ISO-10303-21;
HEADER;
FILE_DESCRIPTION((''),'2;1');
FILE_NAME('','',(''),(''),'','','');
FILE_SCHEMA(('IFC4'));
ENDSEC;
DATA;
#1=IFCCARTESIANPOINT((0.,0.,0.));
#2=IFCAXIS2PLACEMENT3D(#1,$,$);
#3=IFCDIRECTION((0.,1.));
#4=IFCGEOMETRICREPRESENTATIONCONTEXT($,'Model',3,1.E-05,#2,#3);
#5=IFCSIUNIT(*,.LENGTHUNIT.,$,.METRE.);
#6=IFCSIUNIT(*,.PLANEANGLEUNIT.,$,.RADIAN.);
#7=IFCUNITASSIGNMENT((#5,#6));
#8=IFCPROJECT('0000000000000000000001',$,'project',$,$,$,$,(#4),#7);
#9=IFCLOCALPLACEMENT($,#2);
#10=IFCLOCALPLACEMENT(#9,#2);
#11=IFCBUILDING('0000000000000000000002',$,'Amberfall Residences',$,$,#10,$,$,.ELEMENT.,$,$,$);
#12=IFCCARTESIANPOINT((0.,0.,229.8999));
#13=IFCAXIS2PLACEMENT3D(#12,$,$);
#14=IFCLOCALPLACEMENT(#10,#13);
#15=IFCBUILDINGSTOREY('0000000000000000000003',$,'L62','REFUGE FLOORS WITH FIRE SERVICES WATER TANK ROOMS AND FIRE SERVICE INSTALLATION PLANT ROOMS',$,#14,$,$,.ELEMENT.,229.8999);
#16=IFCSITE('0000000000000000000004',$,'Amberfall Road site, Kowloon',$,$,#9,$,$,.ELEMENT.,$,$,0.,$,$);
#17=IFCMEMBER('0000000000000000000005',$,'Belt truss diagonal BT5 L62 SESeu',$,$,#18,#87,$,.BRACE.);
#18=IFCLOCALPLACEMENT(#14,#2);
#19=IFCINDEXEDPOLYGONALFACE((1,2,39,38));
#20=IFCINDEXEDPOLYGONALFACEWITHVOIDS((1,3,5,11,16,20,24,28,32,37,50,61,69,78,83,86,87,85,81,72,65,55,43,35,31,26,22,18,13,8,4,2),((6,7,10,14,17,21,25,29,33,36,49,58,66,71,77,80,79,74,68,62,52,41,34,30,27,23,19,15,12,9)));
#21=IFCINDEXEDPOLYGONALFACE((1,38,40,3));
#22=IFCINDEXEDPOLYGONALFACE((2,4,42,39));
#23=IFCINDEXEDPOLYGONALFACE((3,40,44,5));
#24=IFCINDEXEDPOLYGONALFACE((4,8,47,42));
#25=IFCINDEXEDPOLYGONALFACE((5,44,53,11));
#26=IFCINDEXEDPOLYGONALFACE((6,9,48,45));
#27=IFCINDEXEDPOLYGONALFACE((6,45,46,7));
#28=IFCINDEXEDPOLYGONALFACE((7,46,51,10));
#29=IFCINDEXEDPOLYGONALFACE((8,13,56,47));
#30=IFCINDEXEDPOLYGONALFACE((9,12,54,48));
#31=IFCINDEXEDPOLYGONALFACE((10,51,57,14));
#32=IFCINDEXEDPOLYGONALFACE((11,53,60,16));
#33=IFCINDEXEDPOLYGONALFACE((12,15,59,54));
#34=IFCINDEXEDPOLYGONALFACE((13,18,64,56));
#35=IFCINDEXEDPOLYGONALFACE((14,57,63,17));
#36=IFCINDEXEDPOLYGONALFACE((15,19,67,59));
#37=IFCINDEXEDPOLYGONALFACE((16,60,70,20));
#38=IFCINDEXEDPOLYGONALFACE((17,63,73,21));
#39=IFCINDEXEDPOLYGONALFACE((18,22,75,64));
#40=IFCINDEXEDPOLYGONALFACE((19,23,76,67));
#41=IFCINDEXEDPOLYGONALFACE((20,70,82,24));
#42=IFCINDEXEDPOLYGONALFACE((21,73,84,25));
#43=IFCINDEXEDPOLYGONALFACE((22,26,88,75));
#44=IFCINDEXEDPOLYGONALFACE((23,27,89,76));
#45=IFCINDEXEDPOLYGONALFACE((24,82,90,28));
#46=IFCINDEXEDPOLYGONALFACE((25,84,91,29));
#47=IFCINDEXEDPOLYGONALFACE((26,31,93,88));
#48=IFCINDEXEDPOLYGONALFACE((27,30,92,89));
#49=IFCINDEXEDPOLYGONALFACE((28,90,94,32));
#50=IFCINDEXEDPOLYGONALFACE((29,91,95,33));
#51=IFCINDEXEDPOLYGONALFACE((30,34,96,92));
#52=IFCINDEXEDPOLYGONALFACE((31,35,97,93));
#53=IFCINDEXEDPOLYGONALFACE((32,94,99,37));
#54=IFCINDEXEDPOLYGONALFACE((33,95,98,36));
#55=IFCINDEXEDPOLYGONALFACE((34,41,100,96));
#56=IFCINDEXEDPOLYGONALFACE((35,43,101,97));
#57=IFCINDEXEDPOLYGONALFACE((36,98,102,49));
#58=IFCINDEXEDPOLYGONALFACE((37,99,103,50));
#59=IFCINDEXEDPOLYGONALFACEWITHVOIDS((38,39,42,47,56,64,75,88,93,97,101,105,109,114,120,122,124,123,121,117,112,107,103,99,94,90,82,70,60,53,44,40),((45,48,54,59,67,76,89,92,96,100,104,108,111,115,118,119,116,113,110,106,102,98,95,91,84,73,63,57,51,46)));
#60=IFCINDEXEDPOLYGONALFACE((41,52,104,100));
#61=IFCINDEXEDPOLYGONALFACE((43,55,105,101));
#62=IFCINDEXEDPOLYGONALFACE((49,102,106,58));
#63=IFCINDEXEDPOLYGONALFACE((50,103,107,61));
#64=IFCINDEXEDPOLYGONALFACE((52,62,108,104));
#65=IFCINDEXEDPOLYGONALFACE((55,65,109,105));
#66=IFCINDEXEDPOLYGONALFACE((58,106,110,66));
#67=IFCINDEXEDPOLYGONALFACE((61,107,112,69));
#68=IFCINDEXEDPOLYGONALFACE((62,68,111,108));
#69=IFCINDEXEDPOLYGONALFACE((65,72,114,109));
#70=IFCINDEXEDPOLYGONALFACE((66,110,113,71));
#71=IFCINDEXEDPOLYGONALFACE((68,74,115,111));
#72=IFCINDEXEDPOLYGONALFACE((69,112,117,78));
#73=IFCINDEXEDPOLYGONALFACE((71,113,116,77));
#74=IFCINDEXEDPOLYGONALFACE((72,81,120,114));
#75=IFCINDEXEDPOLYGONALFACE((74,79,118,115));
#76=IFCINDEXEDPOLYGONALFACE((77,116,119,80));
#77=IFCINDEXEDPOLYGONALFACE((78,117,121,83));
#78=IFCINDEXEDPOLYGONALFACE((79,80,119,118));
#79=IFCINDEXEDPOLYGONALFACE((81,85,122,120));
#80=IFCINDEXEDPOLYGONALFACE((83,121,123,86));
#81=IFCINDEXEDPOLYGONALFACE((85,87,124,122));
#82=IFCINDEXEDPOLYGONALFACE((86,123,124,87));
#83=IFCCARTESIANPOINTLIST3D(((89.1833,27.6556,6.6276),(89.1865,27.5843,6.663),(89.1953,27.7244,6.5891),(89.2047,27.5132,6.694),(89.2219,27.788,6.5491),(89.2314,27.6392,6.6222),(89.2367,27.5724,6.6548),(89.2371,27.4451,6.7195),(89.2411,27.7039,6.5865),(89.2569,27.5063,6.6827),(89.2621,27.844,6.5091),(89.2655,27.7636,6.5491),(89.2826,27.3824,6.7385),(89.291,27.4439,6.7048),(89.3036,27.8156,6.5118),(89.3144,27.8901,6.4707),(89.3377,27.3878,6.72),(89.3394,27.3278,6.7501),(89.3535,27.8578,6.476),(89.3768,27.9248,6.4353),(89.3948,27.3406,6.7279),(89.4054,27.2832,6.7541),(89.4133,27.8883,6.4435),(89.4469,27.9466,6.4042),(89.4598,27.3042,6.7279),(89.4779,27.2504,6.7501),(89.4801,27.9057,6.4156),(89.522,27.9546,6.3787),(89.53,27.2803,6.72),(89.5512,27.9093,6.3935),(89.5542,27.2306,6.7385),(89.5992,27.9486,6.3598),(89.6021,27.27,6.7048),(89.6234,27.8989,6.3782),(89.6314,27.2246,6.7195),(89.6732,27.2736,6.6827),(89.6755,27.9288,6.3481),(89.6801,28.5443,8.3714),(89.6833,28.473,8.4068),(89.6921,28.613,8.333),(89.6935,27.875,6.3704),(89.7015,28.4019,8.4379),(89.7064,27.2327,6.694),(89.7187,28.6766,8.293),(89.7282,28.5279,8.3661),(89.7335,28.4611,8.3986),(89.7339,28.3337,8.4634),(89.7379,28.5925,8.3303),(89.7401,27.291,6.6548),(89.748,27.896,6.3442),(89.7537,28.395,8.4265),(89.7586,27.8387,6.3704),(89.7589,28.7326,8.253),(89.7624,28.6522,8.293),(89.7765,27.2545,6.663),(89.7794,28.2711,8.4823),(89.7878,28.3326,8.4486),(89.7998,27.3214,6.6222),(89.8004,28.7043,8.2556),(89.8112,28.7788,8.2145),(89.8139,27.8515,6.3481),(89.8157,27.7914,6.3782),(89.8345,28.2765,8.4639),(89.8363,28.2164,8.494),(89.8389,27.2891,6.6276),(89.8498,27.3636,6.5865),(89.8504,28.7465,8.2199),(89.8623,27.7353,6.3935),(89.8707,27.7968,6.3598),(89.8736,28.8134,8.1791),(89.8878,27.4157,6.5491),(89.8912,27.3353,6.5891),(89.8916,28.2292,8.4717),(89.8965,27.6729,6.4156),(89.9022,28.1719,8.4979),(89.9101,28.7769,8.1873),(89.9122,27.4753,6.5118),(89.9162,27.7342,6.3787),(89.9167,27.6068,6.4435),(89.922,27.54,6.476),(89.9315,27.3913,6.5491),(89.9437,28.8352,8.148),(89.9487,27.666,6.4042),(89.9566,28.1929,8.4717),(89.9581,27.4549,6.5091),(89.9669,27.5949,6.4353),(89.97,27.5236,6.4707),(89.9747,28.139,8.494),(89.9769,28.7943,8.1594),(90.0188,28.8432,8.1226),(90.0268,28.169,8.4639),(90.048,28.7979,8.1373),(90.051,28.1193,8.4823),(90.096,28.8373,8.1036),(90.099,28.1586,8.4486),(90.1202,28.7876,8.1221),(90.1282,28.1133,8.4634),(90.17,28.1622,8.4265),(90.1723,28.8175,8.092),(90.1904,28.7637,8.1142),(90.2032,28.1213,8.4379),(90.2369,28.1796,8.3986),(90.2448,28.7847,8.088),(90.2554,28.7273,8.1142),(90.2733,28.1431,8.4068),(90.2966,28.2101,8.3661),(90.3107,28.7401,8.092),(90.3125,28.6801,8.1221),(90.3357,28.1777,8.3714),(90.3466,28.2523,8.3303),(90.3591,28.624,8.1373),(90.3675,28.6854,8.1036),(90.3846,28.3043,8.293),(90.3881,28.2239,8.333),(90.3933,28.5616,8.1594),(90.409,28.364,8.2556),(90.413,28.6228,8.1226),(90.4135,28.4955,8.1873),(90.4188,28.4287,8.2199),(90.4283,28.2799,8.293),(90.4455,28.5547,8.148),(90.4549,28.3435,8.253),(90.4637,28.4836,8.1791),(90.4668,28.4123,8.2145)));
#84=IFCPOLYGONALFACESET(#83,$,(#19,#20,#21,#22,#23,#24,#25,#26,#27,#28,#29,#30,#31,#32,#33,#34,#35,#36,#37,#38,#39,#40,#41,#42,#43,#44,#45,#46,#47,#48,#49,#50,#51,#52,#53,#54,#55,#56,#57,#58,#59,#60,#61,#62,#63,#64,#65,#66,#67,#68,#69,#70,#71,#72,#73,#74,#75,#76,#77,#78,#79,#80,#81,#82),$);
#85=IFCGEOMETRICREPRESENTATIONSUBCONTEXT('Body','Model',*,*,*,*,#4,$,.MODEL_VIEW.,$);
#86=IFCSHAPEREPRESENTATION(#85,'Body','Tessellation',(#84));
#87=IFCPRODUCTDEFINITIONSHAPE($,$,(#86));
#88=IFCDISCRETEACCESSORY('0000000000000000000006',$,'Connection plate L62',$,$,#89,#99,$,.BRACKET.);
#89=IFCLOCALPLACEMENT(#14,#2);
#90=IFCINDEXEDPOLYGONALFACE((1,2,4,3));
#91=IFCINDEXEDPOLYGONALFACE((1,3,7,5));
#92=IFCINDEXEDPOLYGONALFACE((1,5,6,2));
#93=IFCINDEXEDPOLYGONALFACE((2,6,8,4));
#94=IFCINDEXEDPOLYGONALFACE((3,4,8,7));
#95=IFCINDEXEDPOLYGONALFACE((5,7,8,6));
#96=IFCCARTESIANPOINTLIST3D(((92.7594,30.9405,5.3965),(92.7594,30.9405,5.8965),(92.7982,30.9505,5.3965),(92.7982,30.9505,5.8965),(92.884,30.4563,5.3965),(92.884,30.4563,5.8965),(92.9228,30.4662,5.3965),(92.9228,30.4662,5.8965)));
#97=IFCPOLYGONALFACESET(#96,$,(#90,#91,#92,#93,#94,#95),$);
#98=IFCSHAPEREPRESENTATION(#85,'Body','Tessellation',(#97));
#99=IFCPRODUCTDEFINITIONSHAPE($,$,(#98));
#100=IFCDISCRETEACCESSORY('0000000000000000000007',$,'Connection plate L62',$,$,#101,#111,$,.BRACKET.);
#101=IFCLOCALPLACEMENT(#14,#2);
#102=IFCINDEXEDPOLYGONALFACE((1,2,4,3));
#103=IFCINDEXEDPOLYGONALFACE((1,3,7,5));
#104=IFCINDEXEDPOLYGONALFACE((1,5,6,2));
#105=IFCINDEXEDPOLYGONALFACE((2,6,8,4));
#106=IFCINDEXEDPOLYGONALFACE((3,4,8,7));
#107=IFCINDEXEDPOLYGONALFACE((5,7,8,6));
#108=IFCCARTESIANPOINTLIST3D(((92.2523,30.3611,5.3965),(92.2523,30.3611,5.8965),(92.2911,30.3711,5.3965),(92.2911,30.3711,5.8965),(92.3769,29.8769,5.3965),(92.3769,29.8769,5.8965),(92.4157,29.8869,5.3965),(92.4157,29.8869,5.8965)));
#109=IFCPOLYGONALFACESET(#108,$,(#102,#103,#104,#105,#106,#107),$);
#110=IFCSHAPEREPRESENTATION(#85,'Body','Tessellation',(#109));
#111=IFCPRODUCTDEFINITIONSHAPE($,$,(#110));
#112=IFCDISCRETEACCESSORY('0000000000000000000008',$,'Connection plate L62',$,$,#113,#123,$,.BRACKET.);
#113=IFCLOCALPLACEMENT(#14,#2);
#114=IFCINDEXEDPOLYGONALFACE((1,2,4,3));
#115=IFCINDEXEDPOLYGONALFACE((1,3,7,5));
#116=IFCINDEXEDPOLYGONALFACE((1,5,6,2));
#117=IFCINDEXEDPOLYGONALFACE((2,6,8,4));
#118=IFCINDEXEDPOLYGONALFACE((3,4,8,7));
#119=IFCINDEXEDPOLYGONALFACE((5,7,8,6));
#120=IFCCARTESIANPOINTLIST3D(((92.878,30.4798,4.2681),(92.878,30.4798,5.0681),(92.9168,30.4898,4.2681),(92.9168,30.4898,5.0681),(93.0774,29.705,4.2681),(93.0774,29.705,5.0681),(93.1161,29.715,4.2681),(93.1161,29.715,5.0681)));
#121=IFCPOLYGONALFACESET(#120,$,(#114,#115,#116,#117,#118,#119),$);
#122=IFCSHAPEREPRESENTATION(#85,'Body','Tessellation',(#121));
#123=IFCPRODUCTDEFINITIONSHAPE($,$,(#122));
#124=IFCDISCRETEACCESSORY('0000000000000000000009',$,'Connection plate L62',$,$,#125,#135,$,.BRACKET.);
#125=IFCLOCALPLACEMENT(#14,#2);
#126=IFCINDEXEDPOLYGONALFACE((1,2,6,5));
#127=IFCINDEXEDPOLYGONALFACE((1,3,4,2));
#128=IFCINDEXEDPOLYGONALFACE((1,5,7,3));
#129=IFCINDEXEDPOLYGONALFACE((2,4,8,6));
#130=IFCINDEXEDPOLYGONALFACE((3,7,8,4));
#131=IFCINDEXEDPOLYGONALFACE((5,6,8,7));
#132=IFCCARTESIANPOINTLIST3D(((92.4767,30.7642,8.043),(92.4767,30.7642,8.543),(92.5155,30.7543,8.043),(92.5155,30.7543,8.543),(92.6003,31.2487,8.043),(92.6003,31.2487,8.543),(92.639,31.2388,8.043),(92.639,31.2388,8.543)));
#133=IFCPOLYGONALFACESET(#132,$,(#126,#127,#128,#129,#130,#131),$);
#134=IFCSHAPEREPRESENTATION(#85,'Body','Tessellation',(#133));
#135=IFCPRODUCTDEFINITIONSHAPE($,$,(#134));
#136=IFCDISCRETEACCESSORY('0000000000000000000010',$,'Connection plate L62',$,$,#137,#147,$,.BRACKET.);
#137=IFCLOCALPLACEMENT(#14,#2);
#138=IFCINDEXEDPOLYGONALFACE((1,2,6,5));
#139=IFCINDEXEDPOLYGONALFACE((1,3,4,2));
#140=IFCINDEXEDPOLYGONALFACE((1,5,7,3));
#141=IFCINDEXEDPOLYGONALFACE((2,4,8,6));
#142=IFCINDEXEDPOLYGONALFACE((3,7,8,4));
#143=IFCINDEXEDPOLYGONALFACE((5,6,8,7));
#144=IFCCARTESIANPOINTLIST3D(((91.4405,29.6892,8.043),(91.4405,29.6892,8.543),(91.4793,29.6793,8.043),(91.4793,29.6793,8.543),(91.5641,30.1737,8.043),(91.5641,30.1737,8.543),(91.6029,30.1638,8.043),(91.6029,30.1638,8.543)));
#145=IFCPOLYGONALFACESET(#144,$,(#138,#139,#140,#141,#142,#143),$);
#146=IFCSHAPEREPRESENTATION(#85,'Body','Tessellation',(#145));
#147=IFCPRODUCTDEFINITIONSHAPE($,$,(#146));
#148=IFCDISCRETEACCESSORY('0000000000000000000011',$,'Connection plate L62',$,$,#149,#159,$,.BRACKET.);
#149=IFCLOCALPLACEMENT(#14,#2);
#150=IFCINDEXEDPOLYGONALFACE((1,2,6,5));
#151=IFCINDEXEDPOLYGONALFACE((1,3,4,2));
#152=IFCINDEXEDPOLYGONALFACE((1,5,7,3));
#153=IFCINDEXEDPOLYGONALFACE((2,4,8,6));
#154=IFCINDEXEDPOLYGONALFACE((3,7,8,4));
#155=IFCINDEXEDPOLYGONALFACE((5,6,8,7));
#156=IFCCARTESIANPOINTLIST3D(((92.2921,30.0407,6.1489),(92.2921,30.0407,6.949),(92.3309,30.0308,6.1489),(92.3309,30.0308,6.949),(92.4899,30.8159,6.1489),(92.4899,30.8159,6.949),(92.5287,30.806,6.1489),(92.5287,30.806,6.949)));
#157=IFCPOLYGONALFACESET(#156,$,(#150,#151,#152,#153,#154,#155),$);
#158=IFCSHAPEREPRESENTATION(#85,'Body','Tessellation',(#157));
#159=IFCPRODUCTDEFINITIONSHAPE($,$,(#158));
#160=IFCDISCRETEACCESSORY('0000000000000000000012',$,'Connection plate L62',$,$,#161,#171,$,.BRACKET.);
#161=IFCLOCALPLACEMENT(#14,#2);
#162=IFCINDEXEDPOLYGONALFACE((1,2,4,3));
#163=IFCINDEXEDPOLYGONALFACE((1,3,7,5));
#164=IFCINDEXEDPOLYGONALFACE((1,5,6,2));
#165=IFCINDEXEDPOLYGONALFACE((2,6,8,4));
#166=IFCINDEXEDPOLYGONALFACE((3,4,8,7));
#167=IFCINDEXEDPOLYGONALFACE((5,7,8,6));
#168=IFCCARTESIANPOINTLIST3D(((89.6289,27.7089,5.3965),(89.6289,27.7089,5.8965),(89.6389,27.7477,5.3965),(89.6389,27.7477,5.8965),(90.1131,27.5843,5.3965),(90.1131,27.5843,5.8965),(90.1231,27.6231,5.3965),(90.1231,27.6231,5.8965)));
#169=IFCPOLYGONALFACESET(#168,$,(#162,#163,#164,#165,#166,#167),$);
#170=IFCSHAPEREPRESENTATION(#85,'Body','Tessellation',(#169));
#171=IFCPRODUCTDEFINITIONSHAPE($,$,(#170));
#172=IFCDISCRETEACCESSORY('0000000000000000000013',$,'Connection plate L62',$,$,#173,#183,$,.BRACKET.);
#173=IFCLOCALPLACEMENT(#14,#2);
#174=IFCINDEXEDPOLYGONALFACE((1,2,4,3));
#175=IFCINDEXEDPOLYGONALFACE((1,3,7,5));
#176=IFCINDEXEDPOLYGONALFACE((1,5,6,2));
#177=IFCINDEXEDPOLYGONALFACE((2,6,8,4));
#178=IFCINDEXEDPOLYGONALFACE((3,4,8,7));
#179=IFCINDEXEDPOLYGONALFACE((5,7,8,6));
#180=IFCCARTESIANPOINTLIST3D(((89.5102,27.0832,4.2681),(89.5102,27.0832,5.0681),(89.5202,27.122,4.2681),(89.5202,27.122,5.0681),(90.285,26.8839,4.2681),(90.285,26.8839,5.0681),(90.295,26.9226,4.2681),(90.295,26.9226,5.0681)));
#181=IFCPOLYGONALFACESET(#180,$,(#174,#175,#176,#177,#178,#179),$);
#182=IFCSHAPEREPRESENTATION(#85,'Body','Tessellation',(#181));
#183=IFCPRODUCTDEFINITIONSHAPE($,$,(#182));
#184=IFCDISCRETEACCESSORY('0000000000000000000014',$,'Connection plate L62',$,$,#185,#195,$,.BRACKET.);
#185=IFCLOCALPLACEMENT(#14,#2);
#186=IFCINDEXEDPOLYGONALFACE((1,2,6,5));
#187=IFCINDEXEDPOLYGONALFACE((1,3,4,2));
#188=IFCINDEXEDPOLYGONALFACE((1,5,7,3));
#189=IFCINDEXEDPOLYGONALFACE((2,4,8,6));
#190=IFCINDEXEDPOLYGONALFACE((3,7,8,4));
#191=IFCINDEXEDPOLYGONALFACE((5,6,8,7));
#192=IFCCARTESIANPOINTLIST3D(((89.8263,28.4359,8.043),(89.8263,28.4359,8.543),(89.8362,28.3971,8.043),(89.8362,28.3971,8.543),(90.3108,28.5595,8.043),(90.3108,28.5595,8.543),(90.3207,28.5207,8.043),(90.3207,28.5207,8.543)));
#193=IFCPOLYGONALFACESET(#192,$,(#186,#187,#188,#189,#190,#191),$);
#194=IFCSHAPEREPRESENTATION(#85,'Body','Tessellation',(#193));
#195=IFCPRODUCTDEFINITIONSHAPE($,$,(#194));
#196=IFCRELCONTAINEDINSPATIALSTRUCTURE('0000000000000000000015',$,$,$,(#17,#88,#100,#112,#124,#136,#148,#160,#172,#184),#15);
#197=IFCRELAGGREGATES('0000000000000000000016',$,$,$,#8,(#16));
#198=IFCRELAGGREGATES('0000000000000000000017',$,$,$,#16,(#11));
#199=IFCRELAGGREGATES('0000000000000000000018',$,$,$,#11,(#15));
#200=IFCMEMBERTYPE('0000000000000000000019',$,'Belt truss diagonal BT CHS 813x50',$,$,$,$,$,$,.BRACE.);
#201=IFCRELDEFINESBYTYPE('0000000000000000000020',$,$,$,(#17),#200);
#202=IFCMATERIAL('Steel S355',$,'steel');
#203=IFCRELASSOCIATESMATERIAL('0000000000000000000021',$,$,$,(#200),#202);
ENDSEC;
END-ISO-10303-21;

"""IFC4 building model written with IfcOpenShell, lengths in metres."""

from ifc_helpers import new_model, si_unit, direction, frame, origin, origin_2d, place, context, subcontext, project, spatial, rectangle, hollow_circle, extrude, material, material_profile, profile_set, type_object, element, save


model = new_model("IFC4")

# Units and contexts
model_context = context("Model", 3, precision=1e-05, world=origin(), true_north=direction((0.0, 1.0)))
body_context = subcontext(model_context, "Body", "Model", "MODEL_VIEW")
ifc_project = project(units=[si_unit("LENGTHUNIT", "METRE"), si_unit("PLANEANGLEUNIT", "RADIAN")], contexts=[model_context])

# Site, building, storey
site_placement = place(None, origin())
site = spatial("IfcSite", under=ifc_project, at=site_placement, Name="Amberfall Road site, Kowloon", CompositionType="ELEMENT", RefElevation=0.0)
building_placement = place(site_placement, origin())
building = spatial("IfcBuilding", under=site, at=building_placement, Name="Amberfall Residences", CompositionType="ELEMENT")
storey_placement = place(building_placement, frame((0.0, 0.0, 229.8999)))
storey = spatial("IfcBuildingStorey", under=building, at=storey_placement, Name="L62", Description="REFUGE FLOORS WITH FIRE SERVICES WATER TANK ROOMS AND FIRE SERVICE INSTALLATION PLANT ROOMS", CompositionType="ELEMENT", Elevation=229.8999)

# Shared definitions
ifc_material = material(Name="Steel S355", Category="steel")

# Member
ifc_material_profile_1 = material_profile(ifc_material, hollow_circle(Radius=0.4065, WallThickness=0.05, at=origin_2d()), Name="CHS 813x50")
ifc_profile_set_1 = profile_set([ifc_material_profile_1], Name="Steel S355")
member_type_1 = type_object("IfcMemberType", Name="Belt truss diagonal BT CHS 813x50", PredefinedType="BRACE", material=ifc_profile_set_1)
member_1_placement = place(storey_placement, frame((90.0735, 28.4783, 8.293), z_axis=(-0.246033, -0.44008, -0.863596), x_axis=(0.872853, -0.487983, 0.0)))
element("IfcMember", 1, at=member_1_placement, inside=storey, type_object=member_type_1, Name="Belt truss diagonal BT5 L62 SESeu", PredefinedType="BRACE", context=body_context, shape_type="SweptSolid", body=[
    extrude(hollow_circle(Radius=0.4065, WallThickness=0.05, at=origin_2d()), origin(), (0.0, 0.0, 1.0), 2.0193),
])

# Discrete accessories
for number, where, z_axis, x_axis, name in (
    (2, (92.8411, 30.7034, 5.3965), (0.0, 0.0, 1.0), (-0.249197, 0.968453, 0.0), "Connection plate L62"),
    (3, (92.334, 30.124, 5.3965), (0.0, 0.0, 1.0), (-0.249197, 0.968453, 0.0), "Connection plate L62"),
):
    element("IfcDiscreteAccessory", number, at=place(storey_placement, frame(where, z_axis=z_axis, x_axis=x_axis)), inside=storey, Name=name, PredefinedType="BRACKET", context=body_context, shape_type="SweptSolid", body=[
        extrude(rectangle(XDim=0.5, YDim=0.04, at=origin_2d()), origin(), (0.0, 0.0, 1.0), 0.5),
    ])
discrete_accessory_1_placement = place(storey_placement, frame((92.9971, 30.0974, 4.2681), z_axis=(0.0, 0.0, 1.0), x_axis=(-0.249197, 0.968453, 0.0)))
element("IfcDiscreteAccessory", 4, at=discrete_accessory_1_placement, inside=storey, Name="Connection plate L62", PredefinedType="BRACKET", context=body_context, shape_type="SweptSolid", body=[
    extrude(rectangle(XDim=0.8, YDim=0.04, at=origin_2d()), origin(), (0.0, 0.0, 1.0), 0.8),
])
for number, where, z_axis, x_axis, name in (
    (5, (92.5579, 31.0015, 8.043), (0.0, 0.0, 1.0), (0.247151, 0.968977, 0.0), "Connection plate L62"),
    (6, (91.5217, 29.9265, 8.043), (0.0, 0.0, 1.0), (0.247151, 0.968977, 0.0), "Connection plate L62"),
):
    element("IfcDiscreteAccessory", number, at=place(storey_placement, frame(where, z_axis=z_axis, x_axis=x_axis)), inside=storey, Name=name, PredefinedType="BRACKET", context=body_context, shape_type="SweptSolid", body=[
        extrude(rectangle(XDim=0.5, YDim=0.04, at=origin_2d()), origin(), (0.0, 0.0, 1.0), 0.5),
    ])
discrete_accessory_2_placement = place(storey_placement, frame((92.4104, 30.4233, 6.1489), z_axis=(0.0, 0.0, 1.0), x_axis=(0.247151, 0.968977, 0.0)))
element("IfcDiscreteAccessory", 7, at=discrete_accessory_2_placement, inside=storey, Name="Connection plate L62", PredefinedType="BRACKET", context=body_context, shape_type="SweptSolid", body=[
    extrude(rectangle(XDim=0.8, YDim=0.04, at=origin_2d()), origin(), (0.0, 0.0, 1.0), 0.8),
])
discrete_accessory_3_placement = place(storey_placement, frame((89.876, 27.666, 5.3965), z_axis=(0.0, 0.0, 1.0), x_axis=(-0.968453, 0.249197, 0.0)))
element("IfcDiscreteAccessory", 8, at=discrete_accessory_3_placement, inside=storey, Name="Connection plate L62", PredefinedType="BRACKET", context=body_context, shape_type="SweptSolid", body=[
    extrude(rectangle(XDim=0.5, YDim=0.04, at=origin_2d()), origin(), (0.0, 0.0, 1.0), 0.5),
])
discrete_accessory_4_placement = place(storey_placement, frame((89.9026, 27.0029, 4.2681), z_axis=(0.0, 0.0, 1.0), x_axis=(-0.968453, 0.249197, 0.0)))
element("IfcDiscreteAccessory", 9, at=discrete_accessory_4_placement, inside=storey, Name="Connection plate L62", PredefinedType="BRACKET", context=body_context, shape_type="SweptSolid", body=[
    extrude(rectangle(XDim=0.8, YDim=0.04, at=origin_2d()), origin(), (0.0, 0.0, 1.0), 0.8),
])
discrete_accessory_5_placement = place(storey_placement, frame((90.0735, 28.4783, 8.043), z_axis=(0.0, 0.0, 1.0), x_axis=(-0.968977, -0.247151, 0.0)))
element("IfcDiscreteAccessory", 10, at=discrete_accessory_5_placement, inside=storey, Name="Connection plate L62", PredefinedType="BRACKET", context=body_context, shape_type="SweptSolid", body=[
    extrude(rectangle(XDim=0.5, YDim=0.04, at=origin_2d()), origin(), (0.0, 0.0, 1.0), 0.5),
])

save(model, "model.ifc")
